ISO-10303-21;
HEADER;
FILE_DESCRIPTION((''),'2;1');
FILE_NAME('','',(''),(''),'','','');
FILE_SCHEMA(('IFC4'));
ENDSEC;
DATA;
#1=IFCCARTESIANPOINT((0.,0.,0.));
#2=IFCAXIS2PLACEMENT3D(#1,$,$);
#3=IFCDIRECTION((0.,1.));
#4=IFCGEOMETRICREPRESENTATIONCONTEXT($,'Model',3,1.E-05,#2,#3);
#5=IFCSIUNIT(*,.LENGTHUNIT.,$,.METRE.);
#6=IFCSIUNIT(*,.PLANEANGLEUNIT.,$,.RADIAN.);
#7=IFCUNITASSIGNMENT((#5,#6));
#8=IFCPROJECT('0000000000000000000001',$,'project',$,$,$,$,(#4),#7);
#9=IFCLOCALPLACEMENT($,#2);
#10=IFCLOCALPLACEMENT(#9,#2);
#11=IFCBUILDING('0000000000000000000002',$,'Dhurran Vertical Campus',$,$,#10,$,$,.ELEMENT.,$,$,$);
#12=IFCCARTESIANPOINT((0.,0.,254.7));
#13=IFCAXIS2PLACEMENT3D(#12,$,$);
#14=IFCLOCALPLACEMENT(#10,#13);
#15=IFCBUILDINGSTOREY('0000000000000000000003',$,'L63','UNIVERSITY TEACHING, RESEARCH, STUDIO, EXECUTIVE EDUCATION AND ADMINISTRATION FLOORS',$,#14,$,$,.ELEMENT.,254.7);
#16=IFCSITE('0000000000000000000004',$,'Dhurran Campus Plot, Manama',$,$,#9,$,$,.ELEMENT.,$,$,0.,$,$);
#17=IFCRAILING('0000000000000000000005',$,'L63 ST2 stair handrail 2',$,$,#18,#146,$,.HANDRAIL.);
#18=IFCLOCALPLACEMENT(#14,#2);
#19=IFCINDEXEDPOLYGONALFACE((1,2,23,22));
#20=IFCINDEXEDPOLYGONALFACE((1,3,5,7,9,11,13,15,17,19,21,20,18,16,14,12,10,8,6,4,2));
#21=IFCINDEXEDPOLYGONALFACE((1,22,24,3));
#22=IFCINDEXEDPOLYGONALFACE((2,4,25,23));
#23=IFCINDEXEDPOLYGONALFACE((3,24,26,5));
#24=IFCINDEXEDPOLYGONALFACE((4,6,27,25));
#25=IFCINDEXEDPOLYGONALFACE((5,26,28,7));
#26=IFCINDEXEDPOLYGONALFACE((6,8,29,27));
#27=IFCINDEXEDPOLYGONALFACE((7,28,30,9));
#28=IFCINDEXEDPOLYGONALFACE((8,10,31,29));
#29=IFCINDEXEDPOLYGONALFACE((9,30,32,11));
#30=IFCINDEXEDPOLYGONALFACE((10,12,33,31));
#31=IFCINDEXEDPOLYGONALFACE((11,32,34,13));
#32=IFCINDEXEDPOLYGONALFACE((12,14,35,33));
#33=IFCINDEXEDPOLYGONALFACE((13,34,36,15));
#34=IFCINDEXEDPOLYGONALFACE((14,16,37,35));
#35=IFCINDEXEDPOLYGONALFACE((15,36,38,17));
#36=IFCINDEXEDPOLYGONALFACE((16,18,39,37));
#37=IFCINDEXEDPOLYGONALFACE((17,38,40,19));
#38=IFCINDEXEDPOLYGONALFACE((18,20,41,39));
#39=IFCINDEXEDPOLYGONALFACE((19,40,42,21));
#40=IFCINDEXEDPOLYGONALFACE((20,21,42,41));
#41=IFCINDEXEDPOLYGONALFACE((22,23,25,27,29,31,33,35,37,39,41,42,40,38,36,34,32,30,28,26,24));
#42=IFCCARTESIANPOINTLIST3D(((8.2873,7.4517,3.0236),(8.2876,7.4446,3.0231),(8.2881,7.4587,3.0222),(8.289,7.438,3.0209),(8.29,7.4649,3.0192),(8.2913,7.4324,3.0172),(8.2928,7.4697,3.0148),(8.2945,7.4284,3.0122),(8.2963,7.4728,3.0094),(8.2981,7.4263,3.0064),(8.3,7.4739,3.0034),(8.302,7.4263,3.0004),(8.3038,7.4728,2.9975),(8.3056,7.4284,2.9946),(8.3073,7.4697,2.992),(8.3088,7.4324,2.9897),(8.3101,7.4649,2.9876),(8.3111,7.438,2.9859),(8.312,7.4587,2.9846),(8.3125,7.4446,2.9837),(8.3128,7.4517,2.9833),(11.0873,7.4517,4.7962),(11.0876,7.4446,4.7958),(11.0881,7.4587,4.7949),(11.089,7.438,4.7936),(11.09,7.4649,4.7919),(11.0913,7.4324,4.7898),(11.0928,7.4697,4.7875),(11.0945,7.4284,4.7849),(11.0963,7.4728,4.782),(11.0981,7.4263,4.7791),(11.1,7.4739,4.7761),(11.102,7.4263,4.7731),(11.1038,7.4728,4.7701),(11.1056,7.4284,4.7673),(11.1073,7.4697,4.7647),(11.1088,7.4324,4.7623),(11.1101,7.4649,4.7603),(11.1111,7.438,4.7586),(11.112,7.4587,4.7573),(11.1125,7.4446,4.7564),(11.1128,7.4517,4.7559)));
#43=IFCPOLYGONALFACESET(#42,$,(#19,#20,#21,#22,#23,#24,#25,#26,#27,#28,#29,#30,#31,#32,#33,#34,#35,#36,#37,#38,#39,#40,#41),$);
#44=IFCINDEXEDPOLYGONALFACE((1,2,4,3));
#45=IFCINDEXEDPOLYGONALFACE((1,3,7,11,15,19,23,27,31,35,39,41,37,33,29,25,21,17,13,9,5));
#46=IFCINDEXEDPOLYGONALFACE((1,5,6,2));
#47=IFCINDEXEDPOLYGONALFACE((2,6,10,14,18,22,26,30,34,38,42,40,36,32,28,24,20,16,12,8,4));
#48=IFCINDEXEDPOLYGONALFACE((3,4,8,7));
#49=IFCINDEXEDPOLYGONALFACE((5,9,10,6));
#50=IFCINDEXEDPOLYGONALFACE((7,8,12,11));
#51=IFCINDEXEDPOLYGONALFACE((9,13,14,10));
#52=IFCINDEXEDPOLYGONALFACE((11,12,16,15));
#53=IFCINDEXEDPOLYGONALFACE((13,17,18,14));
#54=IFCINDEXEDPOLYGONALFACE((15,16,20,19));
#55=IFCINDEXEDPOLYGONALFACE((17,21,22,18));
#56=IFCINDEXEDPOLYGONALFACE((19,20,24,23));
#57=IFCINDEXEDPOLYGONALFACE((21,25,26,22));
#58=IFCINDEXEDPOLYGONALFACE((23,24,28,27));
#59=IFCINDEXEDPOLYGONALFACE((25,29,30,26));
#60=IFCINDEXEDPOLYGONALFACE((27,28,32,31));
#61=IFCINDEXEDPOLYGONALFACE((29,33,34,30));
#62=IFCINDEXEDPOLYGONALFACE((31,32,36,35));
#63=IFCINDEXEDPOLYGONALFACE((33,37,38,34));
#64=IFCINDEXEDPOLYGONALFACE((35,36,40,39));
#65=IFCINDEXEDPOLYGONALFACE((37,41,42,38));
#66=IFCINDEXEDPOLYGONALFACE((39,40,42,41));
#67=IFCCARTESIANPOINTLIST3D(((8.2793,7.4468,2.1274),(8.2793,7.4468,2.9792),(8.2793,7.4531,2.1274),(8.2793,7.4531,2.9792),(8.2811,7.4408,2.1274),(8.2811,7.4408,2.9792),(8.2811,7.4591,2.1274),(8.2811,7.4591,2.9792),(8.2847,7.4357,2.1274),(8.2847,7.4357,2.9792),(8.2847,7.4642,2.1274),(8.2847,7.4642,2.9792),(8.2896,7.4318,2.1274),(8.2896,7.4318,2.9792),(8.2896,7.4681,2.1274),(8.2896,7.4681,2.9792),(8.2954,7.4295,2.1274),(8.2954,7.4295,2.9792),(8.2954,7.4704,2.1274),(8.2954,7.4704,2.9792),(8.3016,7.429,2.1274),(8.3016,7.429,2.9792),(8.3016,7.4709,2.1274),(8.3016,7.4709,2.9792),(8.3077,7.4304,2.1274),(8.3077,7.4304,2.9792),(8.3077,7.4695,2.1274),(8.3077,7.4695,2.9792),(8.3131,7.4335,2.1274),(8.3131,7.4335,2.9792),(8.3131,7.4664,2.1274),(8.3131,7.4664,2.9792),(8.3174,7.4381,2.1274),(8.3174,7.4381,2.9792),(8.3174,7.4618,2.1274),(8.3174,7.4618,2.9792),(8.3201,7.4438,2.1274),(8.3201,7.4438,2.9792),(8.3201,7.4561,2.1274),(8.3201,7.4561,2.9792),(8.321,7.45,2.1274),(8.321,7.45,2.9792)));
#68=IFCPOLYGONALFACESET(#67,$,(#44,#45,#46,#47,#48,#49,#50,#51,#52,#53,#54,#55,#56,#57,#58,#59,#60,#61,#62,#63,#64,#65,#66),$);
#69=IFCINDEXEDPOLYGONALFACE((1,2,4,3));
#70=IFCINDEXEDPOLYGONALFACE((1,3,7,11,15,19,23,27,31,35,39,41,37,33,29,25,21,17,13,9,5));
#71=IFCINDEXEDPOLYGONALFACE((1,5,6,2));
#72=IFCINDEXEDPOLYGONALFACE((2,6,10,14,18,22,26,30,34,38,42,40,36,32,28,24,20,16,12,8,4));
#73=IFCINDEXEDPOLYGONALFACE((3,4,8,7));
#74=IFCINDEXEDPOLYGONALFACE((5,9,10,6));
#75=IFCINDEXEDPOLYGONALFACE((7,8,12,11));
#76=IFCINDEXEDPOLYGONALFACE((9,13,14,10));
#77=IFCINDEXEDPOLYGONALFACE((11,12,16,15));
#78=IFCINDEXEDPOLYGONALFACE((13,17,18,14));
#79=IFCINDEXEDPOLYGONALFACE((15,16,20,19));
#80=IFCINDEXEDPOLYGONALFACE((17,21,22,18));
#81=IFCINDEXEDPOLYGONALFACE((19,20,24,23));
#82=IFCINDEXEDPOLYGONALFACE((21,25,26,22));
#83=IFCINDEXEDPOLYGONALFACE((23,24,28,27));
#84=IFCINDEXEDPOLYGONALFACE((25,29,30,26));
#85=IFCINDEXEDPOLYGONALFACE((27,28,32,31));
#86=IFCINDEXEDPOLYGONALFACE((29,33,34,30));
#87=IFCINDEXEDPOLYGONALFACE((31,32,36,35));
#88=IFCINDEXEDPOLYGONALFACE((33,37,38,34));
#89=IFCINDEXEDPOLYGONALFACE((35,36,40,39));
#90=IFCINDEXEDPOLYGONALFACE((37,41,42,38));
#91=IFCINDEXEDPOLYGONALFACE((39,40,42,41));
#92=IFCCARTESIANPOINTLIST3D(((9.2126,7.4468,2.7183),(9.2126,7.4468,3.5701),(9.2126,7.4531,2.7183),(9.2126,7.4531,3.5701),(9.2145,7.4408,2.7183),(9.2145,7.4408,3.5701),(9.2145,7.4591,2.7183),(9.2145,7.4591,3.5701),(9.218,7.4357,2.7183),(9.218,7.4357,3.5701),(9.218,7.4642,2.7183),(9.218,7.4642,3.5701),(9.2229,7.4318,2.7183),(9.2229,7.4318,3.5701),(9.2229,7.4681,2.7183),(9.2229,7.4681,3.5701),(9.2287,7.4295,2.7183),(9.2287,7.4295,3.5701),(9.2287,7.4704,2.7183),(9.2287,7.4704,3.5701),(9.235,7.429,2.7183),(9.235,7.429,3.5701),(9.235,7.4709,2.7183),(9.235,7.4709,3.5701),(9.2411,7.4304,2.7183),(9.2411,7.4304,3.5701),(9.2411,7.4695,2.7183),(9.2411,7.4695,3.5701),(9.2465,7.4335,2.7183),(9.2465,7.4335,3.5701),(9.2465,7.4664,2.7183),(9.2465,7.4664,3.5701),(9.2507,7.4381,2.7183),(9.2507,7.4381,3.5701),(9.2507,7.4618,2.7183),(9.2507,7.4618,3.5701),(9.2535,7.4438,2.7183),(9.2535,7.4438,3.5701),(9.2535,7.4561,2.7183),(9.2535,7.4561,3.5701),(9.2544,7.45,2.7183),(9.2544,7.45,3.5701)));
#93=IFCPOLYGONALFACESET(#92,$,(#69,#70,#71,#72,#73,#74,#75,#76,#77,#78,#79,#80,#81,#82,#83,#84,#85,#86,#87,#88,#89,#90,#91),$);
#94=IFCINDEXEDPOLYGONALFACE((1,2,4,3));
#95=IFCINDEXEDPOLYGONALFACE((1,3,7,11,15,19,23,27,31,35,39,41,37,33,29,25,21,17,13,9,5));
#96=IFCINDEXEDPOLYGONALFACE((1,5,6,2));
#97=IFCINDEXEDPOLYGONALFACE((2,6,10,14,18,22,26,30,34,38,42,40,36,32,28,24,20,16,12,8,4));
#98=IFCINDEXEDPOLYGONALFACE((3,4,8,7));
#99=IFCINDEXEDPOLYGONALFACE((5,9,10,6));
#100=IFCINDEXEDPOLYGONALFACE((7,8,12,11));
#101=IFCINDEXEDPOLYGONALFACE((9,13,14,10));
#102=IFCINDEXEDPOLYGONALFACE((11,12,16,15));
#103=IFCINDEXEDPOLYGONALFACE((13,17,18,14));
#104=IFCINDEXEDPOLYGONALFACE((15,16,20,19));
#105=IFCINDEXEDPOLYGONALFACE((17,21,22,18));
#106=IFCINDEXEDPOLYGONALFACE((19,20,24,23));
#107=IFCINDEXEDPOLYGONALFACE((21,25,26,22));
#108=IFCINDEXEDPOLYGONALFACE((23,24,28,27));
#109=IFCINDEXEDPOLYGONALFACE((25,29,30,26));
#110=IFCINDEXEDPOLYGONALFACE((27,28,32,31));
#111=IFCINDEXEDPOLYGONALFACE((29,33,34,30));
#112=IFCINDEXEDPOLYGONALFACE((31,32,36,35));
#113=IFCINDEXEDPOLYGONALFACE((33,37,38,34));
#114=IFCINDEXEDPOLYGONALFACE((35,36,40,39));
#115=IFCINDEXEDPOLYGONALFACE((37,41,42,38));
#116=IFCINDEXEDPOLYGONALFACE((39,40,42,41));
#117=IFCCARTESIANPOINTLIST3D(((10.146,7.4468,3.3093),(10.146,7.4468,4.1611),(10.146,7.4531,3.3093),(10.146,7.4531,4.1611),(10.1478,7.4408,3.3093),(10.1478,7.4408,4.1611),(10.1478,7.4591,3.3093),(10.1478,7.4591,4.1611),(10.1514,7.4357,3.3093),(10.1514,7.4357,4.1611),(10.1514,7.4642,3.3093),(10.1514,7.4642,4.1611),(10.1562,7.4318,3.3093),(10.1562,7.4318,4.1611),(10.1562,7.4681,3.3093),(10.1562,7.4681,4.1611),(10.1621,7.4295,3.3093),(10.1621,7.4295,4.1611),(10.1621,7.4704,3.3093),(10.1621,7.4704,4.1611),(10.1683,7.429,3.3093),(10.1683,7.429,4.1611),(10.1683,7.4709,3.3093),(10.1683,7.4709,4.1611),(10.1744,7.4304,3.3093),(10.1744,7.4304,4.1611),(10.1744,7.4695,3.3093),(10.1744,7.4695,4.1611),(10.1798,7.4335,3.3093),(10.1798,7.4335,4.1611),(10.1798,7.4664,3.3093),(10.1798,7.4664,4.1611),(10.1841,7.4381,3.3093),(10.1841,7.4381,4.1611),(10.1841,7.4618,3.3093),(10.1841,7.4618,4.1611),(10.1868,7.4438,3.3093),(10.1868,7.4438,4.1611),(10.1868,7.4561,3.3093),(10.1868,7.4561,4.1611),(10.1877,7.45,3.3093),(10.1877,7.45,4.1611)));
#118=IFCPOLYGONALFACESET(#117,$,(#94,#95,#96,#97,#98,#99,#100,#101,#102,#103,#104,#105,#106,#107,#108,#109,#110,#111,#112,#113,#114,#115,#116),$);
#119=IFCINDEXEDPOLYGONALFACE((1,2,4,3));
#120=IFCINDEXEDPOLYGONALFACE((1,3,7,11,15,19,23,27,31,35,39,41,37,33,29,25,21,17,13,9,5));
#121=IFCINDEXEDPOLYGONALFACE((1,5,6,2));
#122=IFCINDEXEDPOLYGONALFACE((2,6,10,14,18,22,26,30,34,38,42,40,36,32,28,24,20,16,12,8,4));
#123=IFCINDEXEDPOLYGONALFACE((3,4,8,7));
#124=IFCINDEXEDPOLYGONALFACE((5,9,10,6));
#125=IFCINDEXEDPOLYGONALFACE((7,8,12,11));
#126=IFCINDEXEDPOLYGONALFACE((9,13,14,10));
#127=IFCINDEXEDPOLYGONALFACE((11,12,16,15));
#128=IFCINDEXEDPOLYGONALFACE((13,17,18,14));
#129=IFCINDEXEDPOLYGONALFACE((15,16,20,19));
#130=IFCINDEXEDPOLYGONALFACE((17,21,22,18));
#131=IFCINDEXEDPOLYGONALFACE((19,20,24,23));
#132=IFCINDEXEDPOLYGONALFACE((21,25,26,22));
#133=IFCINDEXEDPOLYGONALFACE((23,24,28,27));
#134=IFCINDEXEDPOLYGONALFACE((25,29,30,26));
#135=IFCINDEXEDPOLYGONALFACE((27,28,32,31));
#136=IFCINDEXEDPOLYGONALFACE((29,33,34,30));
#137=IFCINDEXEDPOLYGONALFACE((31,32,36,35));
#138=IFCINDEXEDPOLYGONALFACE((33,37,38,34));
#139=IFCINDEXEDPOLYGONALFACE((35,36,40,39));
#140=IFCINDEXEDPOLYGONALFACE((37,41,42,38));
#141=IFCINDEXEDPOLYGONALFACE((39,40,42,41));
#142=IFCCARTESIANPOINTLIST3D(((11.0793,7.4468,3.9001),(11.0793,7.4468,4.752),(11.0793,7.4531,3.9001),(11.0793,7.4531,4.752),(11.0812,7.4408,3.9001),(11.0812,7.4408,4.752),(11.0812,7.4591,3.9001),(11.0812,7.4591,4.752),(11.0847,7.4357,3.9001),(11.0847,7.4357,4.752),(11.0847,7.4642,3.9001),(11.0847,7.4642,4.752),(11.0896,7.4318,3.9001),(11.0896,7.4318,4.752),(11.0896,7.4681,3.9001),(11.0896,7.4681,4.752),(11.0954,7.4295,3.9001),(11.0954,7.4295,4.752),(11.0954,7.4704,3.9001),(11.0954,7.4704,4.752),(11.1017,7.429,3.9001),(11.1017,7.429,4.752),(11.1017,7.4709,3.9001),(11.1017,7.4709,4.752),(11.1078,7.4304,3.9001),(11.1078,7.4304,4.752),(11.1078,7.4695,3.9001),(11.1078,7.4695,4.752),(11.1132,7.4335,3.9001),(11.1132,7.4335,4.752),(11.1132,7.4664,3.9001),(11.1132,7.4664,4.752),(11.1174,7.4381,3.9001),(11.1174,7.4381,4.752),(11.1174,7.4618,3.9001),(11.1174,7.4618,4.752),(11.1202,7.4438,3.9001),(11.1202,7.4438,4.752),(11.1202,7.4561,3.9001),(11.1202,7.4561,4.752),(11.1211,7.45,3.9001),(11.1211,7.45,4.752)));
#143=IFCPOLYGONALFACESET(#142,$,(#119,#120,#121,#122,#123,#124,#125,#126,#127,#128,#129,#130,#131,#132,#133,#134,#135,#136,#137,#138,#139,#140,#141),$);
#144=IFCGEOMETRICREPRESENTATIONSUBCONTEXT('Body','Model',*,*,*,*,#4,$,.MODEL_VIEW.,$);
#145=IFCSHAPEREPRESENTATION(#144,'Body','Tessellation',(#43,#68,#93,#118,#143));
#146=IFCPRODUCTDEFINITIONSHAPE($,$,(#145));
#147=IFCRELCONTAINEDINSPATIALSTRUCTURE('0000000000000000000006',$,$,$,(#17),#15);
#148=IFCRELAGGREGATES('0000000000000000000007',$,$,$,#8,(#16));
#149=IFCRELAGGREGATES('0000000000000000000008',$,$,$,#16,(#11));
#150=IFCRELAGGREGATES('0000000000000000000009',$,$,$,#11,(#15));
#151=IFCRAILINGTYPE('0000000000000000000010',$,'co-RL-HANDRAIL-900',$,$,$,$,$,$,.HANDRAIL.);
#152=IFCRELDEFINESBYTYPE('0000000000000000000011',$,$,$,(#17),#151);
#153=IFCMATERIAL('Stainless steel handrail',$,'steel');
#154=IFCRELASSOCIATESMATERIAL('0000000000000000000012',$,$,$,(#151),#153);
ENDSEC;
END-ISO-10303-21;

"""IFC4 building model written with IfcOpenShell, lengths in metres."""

from ifc_helpers import new_model, si_unit, direction, frame, origin, origin_2d, place, context, subcontext, project, spatial, circle, extrude, material, type_object, element, save


model = new_model("IFC4")

# Units and contexts
model_context = context("Model", 3, precision=1e-05, world=origin(), true_north=direction((0.0, 1.0)))
body_context = subcontext(model_context, "Body", "Model", "MODEL_VIEW")
ifc_project = project(units=[si_unit("LENGTHUNIT", "METRE"), si_unit("PLANEANGLEUNIT", "RADIAN")], contexts=[model_context])

# Site, building, storey
site_placement = place(None, origin())
site = spatial("IfcSite", under=ifc_project, at=site_placement, Name="Dhurran Campus Plot, Manama", CompositionType="ELEMENT", RefElevation=0.0)
building_placement = place(site_placement, origin())
building = spatial("IfcBuilding", under=site, at=building_placement, Name="Dhurran Vertical Campus", CompositionType="ELEMENT")
storey_placement = place(building_placement, frame((0.0, 0.0, 254.7)))
storey = spatial("IfcBuildingStorey", under=building, at=storey_placement, Name="L63", Description="UNIVERSITY TEACHING, RESEARCH, STUDIO, EXECUTIVE EDUCATION AND ADMINISTRATION FLOORS", CompositionType="ELEMENT", Elevation=254.7)

# Railing
ifc_material_1 = material(Name="Stainless steel handrail", Category="steel")
railing_type_1 = type_object("IfcRailingType", Name="co-RL-HANDRAIL-900", PredefinedType="HANDRAIL", material=ifc_material_1)
railing_1_placement = place(storey_placement, frame((8.3, 7.45, 2.1274)))
element("IfcRailing", 1, at=railing_1_placement, inside=storey, type_object=railing_type_1, Name="L63 ST2 stair handrail 2", PredefinedType="HANDRAIL", context=body_context, shape_type="SweptSolid", body=[
    extrude(circle(Radius=0.0239, at=origin_2d()), frame((0.0, 0.0, 0.876), z_axis=(0.844909, 0.0, 0.53491), x_axis=(0.0, 1.0, 0.0)), (0.0, 0.0, 1.0), 3.314),
    extrude(circle(Radius=0.021, at=origin_2d()), origin(), (0.0, 0.0, 1.0), 0.8518),
    extrude(circle(Radius=0.021, at=origin_2d()), frame((0.9333, 0.0, 0.5908)), (0.0, 0.0, 1.0), 0.8518),
    extrude(circle(Radius=0.021, at=origin_2d()), frame((1.8667, 0.0, 1.1819)), (0.0, 0.0, 1.0), 0.8518),
    extrude(circle(Radius=0.021, at=origin_2d()), frame((2.8, 0.0, 1.7727)), (0.0, 0.0, 1.0), 0.8518),
])

save(model, "model.ifc")
